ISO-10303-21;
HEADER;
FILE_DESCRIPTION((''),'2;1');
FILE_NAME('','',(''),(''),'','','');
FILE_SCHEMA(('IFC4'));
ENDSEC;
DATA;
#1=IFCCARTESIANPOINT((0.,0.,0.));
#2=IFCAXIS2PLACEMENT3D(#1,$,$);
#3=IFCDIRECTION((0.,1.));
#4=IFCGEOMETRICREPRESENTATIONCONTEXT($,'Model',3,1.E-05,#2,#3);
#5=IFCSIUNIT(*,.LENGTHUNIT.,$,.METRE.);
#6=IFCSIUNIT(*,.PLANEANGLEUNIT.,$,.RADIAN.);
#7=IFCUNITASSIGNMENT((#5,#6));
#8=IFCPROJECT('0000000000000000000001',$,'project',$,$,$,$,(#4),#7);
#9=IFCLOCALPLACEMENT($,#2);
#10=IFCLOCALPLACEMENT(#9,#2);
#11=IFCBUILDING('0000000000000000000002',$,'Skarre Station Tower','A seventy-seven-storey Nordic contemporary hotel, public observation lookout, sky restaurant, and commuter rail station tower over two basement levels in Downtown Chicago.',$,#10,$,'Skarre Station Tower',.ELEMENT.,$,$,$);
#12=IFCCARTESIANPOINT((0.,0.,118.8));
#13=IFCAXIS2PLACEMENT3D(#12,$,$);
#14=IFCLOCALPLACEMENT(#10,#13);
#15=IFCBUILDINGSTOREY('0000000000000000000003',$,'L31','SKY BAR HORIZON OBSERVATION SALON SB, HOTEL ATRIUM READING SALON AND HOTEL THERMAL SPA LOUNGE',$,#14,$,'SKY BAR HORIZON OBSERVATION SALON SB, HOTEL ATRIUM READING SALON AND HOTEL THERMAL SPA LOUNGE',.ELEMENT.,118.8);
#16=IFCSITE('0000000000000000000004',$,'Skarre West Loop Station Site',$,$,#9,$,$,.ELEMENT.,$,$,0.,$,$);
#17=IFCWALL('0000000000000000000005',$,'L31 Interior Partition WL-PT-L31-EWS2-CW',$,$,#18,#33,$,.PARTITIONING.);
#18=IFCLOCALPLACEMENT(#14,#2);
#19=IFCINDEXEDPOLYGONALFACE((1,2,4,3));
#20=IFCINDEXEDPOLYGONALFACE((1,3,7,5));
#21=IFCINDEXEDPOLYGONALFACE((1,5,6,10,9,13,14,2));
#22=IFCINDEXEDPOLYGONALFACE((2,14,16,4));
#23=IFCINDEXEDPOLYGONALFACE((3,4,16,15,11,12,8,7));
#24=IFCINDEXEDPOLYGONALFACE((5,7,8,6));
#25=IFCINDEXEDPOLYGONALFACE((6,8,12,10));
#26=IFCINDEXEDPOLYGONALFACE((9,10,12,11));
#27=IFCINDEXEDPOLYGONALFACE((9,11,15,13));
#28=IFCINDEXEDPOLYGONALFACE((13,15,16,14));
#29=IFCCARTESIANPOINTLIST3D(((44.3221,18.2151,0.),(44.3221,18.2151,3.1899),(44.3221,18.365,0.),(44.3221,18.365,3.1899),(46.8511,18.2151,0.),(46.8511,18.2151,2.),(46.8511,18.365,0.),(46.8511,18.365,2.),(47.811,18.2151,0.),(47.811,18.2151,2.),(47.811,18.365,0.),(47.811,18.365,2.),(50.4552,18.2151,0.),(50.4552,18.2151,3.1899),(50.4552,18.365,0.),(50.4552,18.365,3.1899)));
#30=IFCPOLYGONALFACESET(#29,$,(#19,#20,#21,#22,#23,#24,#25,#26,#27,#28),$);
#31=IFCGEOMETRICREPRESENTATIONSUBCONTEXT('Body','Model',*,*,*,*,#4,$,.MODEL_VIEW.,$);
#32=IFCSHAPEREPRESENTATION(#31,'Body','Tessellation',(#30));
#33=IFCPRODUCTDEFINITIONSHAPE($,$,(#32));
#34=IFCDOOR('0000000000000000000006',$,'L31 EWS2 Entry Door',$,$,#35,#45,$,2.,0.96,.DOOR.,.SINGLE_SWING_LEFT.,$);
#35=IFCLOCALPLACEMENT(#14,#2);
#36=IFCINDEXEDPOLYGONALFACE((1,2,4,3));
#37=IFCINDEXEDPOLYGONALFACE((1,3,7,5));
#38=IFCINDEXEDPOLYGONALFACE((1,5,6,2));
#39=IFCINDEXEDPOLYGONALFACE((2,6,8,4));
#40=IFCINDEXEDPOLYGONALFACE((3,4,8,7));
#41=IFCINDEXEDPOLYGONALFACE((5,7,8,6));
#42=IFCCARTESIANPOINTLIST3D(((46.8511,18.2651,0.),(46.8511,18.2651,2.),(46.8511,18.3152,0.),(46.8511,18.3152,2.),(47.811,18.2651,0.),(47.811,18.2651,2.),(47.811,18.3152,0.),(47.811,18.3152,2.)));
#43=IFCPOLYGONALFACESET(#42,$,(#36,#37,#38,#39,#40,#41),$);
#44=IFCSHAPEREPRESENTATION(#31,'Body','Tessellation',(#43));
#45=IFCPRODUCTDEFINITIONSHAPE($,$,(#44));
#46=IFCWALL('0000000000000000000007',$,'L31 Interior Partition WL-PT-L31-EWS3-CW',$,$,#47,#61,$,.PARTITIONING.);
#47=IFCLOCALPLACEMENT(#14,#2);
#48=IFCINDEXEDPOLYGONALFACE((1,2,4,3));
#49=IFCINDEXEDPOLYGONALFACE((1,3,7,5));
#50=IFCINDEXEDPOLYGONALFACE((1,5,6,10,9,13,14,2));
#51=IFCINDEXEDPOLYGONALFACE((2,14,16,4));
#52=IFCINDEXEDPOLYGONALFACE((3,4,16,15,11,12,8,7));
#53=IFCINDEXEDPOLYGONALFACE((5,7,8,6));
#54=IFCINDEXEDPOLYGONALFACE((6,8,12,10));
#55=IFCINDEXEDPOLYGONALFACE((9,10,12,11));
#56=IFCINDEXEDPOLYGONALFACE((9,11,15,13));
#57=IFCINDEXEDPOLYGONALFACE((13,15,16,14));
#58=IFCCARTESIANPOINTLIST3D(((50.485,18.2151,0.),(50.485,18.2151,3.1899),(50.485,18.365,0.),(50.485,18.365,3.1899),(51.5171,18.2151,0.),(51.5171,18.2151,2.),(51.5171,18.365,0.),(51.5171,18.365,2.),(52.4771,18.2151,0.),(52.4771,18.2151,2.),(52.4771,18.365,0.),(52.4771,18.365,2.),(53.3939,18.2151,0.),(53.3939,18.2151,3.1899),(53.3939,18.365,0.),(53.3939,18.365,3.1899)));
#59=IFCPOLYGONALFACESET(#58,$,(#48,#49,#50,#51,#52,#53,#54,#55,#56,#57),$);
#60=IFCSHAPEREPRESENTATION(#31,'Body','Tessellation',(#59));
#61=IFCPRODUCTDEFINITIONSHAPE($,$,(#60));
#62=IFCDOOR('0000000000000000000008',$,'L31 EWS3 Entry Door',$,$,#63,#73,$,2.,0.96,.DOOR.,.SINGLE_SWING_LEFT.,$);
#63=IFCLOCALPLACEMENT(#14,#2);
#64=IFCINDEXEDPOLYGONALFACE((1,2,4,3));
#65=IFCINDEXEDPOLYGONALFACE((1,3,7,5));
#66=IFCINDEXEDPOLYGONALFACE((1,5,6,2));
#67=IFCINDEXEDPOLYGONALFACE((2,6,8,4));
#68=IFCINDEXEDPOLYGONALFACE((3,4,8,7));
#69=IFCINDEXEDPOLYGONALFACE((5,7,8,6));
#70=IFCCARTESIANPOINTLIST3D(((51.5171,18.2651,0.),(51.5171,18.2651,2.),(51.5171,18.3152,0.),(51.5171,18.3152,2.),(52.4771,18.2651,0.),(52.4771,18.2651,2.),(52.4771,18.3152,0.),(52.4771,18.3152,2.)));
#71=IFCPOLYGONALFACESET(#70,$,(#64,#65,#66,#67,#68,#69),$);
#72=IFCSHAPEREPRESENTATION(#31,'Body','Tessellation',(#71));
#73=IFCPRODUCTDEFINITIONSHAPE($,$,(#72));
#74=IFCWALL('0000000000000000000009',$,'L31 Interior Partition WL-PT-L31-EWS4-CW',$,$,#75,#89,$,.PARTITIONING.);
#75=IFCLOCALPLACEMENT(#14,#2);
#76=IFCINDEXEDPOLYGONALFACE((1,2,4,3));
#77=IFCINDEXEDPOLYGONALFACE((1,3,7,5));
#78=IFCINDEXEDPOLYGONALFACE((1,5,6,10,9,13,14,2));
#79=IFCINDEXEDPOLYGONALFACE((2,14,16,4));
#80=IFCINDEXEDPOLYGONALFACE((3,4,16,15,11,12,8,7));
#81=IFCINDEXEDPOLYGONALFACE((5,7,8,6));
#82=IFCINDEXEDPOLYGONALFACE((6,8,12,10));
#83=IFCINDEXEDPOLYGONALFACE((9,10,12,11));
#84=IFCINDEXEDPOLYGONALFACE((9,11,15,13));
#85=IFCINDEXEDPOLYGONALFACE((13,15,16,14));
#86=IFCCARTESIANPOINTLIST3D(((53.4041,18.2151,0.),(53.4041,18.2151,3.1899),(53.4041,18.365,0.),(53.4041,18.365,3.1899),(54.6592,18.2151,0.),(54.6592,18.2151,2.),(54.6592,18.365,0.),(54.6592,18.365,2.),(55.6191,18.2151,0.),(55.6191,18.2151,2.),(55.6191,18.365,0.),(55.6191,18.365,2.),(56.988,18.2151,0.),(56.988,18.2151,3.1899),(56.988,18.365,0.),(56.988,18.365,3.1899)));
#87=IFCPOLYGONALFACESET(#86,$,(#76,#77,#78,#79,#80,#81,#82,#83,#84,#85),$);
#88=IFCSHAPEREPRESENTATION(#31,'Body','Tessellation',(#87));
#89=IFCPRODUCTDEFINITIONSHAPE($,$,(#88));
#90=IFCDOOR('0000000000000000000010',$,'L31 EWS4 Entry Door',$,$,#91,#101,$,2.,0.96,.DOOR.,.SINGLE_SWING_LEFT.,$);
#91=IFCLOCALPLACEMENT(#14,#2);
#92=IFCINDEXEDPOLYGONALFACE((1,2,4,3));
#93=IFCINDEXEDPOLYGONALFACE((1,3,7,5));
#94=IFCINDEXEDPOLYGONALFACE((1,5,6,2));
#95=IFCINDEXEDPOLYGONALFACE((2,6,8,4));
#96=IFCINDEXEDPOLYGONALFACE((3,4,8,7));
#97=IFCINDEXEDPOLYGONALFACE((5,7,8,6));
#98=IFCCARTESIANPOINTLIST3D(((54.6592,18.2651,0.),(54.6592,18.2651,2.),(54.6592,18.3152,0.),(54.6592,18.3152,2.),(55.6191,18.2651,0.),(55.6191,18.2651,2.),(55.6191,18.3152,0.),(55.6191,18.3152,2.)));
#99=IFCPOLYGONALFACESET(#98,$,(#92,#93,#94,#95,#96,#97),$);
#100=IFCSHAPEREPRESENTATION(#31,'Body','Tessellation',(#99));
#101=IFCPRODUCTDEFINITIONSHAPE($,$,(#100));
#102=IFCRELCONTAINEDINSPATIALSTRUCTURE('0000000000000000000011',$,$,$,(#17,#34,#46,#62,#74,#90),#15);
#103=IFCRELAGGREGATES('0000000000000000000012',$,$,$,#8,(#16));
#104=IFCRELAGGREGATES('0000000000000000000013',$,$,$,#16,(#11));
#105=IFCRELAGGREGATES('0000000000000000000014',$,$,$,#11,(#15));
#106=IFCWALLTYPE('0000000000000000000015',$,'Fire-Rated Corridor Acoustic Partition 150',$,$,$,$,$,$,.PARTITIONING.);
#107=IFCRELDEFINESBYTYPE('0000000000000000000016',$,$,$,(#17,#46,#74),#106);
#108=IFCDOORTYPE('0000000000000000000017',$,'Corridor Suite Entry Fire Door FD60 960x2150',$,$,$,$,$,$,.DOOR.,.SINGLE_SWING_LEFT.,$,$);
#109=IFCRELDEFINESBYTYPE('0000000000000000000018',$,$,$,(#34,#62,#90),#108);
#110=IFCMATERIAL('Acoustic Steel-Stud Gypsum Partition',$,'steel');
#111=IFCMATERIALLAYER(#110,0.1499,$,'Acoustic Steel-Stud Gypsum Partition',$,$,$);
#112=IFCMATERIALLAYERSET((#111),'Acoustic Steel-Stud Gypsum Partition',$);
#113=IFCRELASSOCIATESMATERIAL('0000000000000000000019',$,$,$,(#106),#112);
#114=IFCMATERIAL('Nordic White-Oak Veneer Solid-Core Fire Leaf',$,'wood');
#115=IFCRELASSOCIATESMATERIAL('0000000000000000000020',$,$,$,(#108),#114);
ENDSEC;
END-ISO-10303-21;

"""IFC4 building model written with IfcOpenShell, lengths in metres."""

from ifc_helpers import new_model, si_unit, direction, frame, frame_2d, origin, place, context, subcontext, project, spatial, rectangle, extrude, material, layer, layer_set, type_object, element, fill, save


model = new_model("IFC4")

# Units and contexts
model_context = context("Model", 3, precision=1e-05, world=origin(), true_north=direction((0.0, 1.0)))
body_context = subcontext(model_context, "Body", "Model", "MODEL_VIEW")
ifc_project = project(units=[si_unit("LENGTHUNIT", "METRE"), si_unit("PLANEANGLEUNIT", "RADIAN")], contexts=[model_context])

# Site, building, storey
site_placement = place(None, origin())
site = spatial("IfcSite", under=ifc_project, at=site_placement, Name="Skarre West Loop Station Site", CompositionType="ELEMENT", RefElevation=0.0)
building_placement = place(site_placement, origin())
building = spatial("IfcBuilding", under=site, at=building_placement, Name="Skarre Station Tower", Description="A seventy-seven-storey Nordic contemporary hotel, public observation lookout, sky restaurant, and commuter rail station tower over two basement levels in Downtown Chicago.", LongName="Skarre Station Tower", CompositionType="ELEMENT")
storey_placement = place(building_placement, frame((0.0, 0.0, 118.8)))
storey = spatial("IfcBuildingStorey", under=building, at=storey_placement, Name="L31", Description="SKY BAR HORIZON OBSERVATION SALON SB, HOTEL ATRIUM READING SALON AND HOTEL THERMAL SPA LOUNGE", LongName="SKY BAR HORIZON OBSERVATION SALON SB, HOTEL ATRIUM READING SALON AND HOTEL THERMAL SPA LOUNGE", CompositionType="ELEMENT", Elevation=118.8)

# Walls, openings, doors
ifc_material_1 = material(Name="Acoustic Steel-Stud Gypsum Partition", Category="steel")
ifc_layer_1 = layer(ifc_material_1, 0.1499, Name="Acoustic Steel-Stud Gypsum Partition")
ifc_layer_set_1 = layer_set([ifc_layer_1], Name="Acoustic Steel-Stud Gypsum Partition")
wall_type_1 = type_object("IfcWallType", Name="Fire-Rated Corridor Acoustic Partition 150", PredefinedType="PARTITIONING", material=ifc_layer_set_1)
ifc_material_2 = material(Name="Nordic White-Oak Veneer Solid-Core Fire Leaf", Category="wood")
door_type = type_object("IfcDoorType", Name="Corridor Suite Entry Fire Door FD60 960x2150", OperationType="SINGLE_SWING_LEFT", PredefinedType="DOOR", material=ifc_material_2)
wall_1_placement = place(storey_placement, frame((50.4551, 18.29, 0.0), z_axis=(0.0, 0.0, 1.0), x_axis=(-1.0, 0.0, 0.0)))
wall_1 = element("IfcWall", 1, at=wall_1_placement, inside=storey, type_object=wall_type_1, Name="L31 Interior Partition WL-PT-L31-EWS2-CW", PredefinedType="PARTITIONING", context=body_context, shape_type="SweptSolid", body=[
    extrude(rectangle(XDim=6.1331, YDim=0.1499, at=frame_2d((3.0664, 0.0))), origin(), (0.0, 0.0, 1.0), 3.1899),
])
opening_1_placement = place(wall_1_placement, frame((2.644, 0.0, 0.0)))
opening_1 = element("IfcOpeningElement", 2, at=opening_1_placement, cuts=wall_1, PredefinedType="OPENING", context=body_context, shape_type="SweptSolid", body=[
    extrude(rectangle(XDim=0.96, YDim=2.0, at=frame_2d((0.48, 1.0))), frame((0.0, 0.085, 0.0), z_axis=(0.0, -1.0, 0.0), x_axis=(1.0, 0.0, 0.0)), (0.0, 0.0, 1.0), 0.1699),
])
door_1_placement = place(opening_1_placement, origin())
door_1 = element("IfcDoor", 3, at=door_1_placement, inside=storey, type_object=door_type, Name="L31 EWS2 Entry Door", OperationType="SINGLE_SWING_LEFT", OverallHeight=2.0, OverallWidth=0.96, PredefinedType="DOOR", context=body_context, shape_type="SweptSolid", body=[
    extrude(rectangle(XDim=0.96, YDim=2.0, at=frame_2d((0.48, 1.0))), frame((0.0, 0.0249, 0.0), z_axis=(0.0, -1.0, 0.0), x_axis=(1.0, 0.0, 0.0)), (0.0, 0.0, 1.0), 0.05),
])
fill(opening_1, door_1)
wall_2_placement = place(storey_placement, frame((53.394, 18.29, 0.0), z_axis=(0.0, 0.0, 1.0), x_axis=(-1.0, 0.0, 0.0)))
wall_2 = element("IfcWall", 4, at=wall_2_placement, inside=storey, type_object=wall_type_1, Name="L31 Interior Partition WL-PT-L31-EWS3-CW", PredefinedType="PARTITIONING", context=body_context, shape_type="SweptSolid", body=[
    extrude(rectangle(XDim=2.9089, YDim=0.1499, at=frame_2d((1.4546, 0.0))), origin(), (0.0, 0.0, 1.0), 3.1899),
])
opening_2_placement = place(wall_2_placement, frame((0.917, 0.0, 0.0)))
opening_2 = element("IfcOpeningElement", 5, at=opening_2_placement, cuts=wall_2, PredefinedType="OPENING", context=body_context, shape_type="SweptSolid", body=[
    extrude(rectangle(XDim=0.96, YDim=2.0, at=frame_2d((0.48, 1.0))), frame((0.0, 0.085, 0.0), z_axis=(0.0, -1.0, 0.0), x_axis=(1.0, 0.0, 0.0)), (0.0, 0.0, 1.0), 0.1699),
])
door_2_placement = place(opening_2_placement, origin())
door_2 = element("IfcDoor", 6, at=door_2_placement, inside=storey, type_object=door_type, Name="L31 EWS3 Entry Door", OperationType="SINGLE_SWING_LEFT", OverallHeight=2.0, OverallWidth=0.96, PredefinedType="DOOR", context=body_context, shape_type="SweptSolid", body=[
    extrude(rectangle(XDim=0.96, YDim=2.0, at=frame_2d((0.48, 1.0))), frame((0.0, 0.0249, 0.0), z_axis=(0.0, -1.0, 0.0), x_axis=(1.0, 0.0, 0.0)), (0.0, 0.0, 1.0), 0.05),
])
fill(opening_2, door_2)
wall_3_placement = place(storey_placement, frame((56.988, 18.29, 0.0), z_axis=(0.0, 0.0, 1.0), x_axis=(-1.0, 0.0, 0.0)))
wall_3 = element("IfcWall", 7, at=wall_3_placement, inside=storey, type_object=wall_type_1, Name="L31 Interior Partition WL-PT-L31-EWS4-CW", PredefinedType="PARTITIONING", context=body_context, shape_type="SweptSolid", body=[
    extrude(rectangle(XDim=3.584, YDim=0.1499, at=frame_2d((1.792, 0.0))), origin(), (0.0, 0.0, 1.0), 3.1899),
])
opening_3_placement = place(wall_3_placement, frame((1.3689, 0.0, 0.0)))
opening_3 = element("IfcOpeningElement", 8, at=opening_3_placement, cuts=wall_3, PredefinedType="OPENING", context=body_context, shape_type="SweptSolid", body=[
    extrude(rectangle(XDim=0.96, YDim=2.0, at=frame_2d((0.48, 1.0))), frame((0.0, 0.085, 0.0), z_axis=(0.0, -1.0, 0.0), x_axis=(1.0, 0.0, 0.0)), (0.0, 0.0, 1.0), 0.1699),
])
door_3_placement = place(opening_3_placement, origin())
door_3 = element("IfcDoor", 9, at=door_3_placement, inside=storey, type_object=door_type, Name="L31 EWS4 Entry Door", OperationType="SINGLE_SWING_LEFT", OverallHeight=2.0, OverallWidth=0.96, PredefinedType="DOOR", context=body_context, shape_type="SweptSolid", body=[
    extrude(rectangle(XDim=0.96, YDim=2.0, at=frame_2d((0.48, 1.0))), frame((0.0, 0.0249, 0.0), z_axis=(0.0, -1.0, 0.0), x_axis=(1.0, 0.0, 0.0)), (0.0, 0.0, 1.0), 0.05),
])
fill(opening_3, door_3)

save(model, "model.ifc")
